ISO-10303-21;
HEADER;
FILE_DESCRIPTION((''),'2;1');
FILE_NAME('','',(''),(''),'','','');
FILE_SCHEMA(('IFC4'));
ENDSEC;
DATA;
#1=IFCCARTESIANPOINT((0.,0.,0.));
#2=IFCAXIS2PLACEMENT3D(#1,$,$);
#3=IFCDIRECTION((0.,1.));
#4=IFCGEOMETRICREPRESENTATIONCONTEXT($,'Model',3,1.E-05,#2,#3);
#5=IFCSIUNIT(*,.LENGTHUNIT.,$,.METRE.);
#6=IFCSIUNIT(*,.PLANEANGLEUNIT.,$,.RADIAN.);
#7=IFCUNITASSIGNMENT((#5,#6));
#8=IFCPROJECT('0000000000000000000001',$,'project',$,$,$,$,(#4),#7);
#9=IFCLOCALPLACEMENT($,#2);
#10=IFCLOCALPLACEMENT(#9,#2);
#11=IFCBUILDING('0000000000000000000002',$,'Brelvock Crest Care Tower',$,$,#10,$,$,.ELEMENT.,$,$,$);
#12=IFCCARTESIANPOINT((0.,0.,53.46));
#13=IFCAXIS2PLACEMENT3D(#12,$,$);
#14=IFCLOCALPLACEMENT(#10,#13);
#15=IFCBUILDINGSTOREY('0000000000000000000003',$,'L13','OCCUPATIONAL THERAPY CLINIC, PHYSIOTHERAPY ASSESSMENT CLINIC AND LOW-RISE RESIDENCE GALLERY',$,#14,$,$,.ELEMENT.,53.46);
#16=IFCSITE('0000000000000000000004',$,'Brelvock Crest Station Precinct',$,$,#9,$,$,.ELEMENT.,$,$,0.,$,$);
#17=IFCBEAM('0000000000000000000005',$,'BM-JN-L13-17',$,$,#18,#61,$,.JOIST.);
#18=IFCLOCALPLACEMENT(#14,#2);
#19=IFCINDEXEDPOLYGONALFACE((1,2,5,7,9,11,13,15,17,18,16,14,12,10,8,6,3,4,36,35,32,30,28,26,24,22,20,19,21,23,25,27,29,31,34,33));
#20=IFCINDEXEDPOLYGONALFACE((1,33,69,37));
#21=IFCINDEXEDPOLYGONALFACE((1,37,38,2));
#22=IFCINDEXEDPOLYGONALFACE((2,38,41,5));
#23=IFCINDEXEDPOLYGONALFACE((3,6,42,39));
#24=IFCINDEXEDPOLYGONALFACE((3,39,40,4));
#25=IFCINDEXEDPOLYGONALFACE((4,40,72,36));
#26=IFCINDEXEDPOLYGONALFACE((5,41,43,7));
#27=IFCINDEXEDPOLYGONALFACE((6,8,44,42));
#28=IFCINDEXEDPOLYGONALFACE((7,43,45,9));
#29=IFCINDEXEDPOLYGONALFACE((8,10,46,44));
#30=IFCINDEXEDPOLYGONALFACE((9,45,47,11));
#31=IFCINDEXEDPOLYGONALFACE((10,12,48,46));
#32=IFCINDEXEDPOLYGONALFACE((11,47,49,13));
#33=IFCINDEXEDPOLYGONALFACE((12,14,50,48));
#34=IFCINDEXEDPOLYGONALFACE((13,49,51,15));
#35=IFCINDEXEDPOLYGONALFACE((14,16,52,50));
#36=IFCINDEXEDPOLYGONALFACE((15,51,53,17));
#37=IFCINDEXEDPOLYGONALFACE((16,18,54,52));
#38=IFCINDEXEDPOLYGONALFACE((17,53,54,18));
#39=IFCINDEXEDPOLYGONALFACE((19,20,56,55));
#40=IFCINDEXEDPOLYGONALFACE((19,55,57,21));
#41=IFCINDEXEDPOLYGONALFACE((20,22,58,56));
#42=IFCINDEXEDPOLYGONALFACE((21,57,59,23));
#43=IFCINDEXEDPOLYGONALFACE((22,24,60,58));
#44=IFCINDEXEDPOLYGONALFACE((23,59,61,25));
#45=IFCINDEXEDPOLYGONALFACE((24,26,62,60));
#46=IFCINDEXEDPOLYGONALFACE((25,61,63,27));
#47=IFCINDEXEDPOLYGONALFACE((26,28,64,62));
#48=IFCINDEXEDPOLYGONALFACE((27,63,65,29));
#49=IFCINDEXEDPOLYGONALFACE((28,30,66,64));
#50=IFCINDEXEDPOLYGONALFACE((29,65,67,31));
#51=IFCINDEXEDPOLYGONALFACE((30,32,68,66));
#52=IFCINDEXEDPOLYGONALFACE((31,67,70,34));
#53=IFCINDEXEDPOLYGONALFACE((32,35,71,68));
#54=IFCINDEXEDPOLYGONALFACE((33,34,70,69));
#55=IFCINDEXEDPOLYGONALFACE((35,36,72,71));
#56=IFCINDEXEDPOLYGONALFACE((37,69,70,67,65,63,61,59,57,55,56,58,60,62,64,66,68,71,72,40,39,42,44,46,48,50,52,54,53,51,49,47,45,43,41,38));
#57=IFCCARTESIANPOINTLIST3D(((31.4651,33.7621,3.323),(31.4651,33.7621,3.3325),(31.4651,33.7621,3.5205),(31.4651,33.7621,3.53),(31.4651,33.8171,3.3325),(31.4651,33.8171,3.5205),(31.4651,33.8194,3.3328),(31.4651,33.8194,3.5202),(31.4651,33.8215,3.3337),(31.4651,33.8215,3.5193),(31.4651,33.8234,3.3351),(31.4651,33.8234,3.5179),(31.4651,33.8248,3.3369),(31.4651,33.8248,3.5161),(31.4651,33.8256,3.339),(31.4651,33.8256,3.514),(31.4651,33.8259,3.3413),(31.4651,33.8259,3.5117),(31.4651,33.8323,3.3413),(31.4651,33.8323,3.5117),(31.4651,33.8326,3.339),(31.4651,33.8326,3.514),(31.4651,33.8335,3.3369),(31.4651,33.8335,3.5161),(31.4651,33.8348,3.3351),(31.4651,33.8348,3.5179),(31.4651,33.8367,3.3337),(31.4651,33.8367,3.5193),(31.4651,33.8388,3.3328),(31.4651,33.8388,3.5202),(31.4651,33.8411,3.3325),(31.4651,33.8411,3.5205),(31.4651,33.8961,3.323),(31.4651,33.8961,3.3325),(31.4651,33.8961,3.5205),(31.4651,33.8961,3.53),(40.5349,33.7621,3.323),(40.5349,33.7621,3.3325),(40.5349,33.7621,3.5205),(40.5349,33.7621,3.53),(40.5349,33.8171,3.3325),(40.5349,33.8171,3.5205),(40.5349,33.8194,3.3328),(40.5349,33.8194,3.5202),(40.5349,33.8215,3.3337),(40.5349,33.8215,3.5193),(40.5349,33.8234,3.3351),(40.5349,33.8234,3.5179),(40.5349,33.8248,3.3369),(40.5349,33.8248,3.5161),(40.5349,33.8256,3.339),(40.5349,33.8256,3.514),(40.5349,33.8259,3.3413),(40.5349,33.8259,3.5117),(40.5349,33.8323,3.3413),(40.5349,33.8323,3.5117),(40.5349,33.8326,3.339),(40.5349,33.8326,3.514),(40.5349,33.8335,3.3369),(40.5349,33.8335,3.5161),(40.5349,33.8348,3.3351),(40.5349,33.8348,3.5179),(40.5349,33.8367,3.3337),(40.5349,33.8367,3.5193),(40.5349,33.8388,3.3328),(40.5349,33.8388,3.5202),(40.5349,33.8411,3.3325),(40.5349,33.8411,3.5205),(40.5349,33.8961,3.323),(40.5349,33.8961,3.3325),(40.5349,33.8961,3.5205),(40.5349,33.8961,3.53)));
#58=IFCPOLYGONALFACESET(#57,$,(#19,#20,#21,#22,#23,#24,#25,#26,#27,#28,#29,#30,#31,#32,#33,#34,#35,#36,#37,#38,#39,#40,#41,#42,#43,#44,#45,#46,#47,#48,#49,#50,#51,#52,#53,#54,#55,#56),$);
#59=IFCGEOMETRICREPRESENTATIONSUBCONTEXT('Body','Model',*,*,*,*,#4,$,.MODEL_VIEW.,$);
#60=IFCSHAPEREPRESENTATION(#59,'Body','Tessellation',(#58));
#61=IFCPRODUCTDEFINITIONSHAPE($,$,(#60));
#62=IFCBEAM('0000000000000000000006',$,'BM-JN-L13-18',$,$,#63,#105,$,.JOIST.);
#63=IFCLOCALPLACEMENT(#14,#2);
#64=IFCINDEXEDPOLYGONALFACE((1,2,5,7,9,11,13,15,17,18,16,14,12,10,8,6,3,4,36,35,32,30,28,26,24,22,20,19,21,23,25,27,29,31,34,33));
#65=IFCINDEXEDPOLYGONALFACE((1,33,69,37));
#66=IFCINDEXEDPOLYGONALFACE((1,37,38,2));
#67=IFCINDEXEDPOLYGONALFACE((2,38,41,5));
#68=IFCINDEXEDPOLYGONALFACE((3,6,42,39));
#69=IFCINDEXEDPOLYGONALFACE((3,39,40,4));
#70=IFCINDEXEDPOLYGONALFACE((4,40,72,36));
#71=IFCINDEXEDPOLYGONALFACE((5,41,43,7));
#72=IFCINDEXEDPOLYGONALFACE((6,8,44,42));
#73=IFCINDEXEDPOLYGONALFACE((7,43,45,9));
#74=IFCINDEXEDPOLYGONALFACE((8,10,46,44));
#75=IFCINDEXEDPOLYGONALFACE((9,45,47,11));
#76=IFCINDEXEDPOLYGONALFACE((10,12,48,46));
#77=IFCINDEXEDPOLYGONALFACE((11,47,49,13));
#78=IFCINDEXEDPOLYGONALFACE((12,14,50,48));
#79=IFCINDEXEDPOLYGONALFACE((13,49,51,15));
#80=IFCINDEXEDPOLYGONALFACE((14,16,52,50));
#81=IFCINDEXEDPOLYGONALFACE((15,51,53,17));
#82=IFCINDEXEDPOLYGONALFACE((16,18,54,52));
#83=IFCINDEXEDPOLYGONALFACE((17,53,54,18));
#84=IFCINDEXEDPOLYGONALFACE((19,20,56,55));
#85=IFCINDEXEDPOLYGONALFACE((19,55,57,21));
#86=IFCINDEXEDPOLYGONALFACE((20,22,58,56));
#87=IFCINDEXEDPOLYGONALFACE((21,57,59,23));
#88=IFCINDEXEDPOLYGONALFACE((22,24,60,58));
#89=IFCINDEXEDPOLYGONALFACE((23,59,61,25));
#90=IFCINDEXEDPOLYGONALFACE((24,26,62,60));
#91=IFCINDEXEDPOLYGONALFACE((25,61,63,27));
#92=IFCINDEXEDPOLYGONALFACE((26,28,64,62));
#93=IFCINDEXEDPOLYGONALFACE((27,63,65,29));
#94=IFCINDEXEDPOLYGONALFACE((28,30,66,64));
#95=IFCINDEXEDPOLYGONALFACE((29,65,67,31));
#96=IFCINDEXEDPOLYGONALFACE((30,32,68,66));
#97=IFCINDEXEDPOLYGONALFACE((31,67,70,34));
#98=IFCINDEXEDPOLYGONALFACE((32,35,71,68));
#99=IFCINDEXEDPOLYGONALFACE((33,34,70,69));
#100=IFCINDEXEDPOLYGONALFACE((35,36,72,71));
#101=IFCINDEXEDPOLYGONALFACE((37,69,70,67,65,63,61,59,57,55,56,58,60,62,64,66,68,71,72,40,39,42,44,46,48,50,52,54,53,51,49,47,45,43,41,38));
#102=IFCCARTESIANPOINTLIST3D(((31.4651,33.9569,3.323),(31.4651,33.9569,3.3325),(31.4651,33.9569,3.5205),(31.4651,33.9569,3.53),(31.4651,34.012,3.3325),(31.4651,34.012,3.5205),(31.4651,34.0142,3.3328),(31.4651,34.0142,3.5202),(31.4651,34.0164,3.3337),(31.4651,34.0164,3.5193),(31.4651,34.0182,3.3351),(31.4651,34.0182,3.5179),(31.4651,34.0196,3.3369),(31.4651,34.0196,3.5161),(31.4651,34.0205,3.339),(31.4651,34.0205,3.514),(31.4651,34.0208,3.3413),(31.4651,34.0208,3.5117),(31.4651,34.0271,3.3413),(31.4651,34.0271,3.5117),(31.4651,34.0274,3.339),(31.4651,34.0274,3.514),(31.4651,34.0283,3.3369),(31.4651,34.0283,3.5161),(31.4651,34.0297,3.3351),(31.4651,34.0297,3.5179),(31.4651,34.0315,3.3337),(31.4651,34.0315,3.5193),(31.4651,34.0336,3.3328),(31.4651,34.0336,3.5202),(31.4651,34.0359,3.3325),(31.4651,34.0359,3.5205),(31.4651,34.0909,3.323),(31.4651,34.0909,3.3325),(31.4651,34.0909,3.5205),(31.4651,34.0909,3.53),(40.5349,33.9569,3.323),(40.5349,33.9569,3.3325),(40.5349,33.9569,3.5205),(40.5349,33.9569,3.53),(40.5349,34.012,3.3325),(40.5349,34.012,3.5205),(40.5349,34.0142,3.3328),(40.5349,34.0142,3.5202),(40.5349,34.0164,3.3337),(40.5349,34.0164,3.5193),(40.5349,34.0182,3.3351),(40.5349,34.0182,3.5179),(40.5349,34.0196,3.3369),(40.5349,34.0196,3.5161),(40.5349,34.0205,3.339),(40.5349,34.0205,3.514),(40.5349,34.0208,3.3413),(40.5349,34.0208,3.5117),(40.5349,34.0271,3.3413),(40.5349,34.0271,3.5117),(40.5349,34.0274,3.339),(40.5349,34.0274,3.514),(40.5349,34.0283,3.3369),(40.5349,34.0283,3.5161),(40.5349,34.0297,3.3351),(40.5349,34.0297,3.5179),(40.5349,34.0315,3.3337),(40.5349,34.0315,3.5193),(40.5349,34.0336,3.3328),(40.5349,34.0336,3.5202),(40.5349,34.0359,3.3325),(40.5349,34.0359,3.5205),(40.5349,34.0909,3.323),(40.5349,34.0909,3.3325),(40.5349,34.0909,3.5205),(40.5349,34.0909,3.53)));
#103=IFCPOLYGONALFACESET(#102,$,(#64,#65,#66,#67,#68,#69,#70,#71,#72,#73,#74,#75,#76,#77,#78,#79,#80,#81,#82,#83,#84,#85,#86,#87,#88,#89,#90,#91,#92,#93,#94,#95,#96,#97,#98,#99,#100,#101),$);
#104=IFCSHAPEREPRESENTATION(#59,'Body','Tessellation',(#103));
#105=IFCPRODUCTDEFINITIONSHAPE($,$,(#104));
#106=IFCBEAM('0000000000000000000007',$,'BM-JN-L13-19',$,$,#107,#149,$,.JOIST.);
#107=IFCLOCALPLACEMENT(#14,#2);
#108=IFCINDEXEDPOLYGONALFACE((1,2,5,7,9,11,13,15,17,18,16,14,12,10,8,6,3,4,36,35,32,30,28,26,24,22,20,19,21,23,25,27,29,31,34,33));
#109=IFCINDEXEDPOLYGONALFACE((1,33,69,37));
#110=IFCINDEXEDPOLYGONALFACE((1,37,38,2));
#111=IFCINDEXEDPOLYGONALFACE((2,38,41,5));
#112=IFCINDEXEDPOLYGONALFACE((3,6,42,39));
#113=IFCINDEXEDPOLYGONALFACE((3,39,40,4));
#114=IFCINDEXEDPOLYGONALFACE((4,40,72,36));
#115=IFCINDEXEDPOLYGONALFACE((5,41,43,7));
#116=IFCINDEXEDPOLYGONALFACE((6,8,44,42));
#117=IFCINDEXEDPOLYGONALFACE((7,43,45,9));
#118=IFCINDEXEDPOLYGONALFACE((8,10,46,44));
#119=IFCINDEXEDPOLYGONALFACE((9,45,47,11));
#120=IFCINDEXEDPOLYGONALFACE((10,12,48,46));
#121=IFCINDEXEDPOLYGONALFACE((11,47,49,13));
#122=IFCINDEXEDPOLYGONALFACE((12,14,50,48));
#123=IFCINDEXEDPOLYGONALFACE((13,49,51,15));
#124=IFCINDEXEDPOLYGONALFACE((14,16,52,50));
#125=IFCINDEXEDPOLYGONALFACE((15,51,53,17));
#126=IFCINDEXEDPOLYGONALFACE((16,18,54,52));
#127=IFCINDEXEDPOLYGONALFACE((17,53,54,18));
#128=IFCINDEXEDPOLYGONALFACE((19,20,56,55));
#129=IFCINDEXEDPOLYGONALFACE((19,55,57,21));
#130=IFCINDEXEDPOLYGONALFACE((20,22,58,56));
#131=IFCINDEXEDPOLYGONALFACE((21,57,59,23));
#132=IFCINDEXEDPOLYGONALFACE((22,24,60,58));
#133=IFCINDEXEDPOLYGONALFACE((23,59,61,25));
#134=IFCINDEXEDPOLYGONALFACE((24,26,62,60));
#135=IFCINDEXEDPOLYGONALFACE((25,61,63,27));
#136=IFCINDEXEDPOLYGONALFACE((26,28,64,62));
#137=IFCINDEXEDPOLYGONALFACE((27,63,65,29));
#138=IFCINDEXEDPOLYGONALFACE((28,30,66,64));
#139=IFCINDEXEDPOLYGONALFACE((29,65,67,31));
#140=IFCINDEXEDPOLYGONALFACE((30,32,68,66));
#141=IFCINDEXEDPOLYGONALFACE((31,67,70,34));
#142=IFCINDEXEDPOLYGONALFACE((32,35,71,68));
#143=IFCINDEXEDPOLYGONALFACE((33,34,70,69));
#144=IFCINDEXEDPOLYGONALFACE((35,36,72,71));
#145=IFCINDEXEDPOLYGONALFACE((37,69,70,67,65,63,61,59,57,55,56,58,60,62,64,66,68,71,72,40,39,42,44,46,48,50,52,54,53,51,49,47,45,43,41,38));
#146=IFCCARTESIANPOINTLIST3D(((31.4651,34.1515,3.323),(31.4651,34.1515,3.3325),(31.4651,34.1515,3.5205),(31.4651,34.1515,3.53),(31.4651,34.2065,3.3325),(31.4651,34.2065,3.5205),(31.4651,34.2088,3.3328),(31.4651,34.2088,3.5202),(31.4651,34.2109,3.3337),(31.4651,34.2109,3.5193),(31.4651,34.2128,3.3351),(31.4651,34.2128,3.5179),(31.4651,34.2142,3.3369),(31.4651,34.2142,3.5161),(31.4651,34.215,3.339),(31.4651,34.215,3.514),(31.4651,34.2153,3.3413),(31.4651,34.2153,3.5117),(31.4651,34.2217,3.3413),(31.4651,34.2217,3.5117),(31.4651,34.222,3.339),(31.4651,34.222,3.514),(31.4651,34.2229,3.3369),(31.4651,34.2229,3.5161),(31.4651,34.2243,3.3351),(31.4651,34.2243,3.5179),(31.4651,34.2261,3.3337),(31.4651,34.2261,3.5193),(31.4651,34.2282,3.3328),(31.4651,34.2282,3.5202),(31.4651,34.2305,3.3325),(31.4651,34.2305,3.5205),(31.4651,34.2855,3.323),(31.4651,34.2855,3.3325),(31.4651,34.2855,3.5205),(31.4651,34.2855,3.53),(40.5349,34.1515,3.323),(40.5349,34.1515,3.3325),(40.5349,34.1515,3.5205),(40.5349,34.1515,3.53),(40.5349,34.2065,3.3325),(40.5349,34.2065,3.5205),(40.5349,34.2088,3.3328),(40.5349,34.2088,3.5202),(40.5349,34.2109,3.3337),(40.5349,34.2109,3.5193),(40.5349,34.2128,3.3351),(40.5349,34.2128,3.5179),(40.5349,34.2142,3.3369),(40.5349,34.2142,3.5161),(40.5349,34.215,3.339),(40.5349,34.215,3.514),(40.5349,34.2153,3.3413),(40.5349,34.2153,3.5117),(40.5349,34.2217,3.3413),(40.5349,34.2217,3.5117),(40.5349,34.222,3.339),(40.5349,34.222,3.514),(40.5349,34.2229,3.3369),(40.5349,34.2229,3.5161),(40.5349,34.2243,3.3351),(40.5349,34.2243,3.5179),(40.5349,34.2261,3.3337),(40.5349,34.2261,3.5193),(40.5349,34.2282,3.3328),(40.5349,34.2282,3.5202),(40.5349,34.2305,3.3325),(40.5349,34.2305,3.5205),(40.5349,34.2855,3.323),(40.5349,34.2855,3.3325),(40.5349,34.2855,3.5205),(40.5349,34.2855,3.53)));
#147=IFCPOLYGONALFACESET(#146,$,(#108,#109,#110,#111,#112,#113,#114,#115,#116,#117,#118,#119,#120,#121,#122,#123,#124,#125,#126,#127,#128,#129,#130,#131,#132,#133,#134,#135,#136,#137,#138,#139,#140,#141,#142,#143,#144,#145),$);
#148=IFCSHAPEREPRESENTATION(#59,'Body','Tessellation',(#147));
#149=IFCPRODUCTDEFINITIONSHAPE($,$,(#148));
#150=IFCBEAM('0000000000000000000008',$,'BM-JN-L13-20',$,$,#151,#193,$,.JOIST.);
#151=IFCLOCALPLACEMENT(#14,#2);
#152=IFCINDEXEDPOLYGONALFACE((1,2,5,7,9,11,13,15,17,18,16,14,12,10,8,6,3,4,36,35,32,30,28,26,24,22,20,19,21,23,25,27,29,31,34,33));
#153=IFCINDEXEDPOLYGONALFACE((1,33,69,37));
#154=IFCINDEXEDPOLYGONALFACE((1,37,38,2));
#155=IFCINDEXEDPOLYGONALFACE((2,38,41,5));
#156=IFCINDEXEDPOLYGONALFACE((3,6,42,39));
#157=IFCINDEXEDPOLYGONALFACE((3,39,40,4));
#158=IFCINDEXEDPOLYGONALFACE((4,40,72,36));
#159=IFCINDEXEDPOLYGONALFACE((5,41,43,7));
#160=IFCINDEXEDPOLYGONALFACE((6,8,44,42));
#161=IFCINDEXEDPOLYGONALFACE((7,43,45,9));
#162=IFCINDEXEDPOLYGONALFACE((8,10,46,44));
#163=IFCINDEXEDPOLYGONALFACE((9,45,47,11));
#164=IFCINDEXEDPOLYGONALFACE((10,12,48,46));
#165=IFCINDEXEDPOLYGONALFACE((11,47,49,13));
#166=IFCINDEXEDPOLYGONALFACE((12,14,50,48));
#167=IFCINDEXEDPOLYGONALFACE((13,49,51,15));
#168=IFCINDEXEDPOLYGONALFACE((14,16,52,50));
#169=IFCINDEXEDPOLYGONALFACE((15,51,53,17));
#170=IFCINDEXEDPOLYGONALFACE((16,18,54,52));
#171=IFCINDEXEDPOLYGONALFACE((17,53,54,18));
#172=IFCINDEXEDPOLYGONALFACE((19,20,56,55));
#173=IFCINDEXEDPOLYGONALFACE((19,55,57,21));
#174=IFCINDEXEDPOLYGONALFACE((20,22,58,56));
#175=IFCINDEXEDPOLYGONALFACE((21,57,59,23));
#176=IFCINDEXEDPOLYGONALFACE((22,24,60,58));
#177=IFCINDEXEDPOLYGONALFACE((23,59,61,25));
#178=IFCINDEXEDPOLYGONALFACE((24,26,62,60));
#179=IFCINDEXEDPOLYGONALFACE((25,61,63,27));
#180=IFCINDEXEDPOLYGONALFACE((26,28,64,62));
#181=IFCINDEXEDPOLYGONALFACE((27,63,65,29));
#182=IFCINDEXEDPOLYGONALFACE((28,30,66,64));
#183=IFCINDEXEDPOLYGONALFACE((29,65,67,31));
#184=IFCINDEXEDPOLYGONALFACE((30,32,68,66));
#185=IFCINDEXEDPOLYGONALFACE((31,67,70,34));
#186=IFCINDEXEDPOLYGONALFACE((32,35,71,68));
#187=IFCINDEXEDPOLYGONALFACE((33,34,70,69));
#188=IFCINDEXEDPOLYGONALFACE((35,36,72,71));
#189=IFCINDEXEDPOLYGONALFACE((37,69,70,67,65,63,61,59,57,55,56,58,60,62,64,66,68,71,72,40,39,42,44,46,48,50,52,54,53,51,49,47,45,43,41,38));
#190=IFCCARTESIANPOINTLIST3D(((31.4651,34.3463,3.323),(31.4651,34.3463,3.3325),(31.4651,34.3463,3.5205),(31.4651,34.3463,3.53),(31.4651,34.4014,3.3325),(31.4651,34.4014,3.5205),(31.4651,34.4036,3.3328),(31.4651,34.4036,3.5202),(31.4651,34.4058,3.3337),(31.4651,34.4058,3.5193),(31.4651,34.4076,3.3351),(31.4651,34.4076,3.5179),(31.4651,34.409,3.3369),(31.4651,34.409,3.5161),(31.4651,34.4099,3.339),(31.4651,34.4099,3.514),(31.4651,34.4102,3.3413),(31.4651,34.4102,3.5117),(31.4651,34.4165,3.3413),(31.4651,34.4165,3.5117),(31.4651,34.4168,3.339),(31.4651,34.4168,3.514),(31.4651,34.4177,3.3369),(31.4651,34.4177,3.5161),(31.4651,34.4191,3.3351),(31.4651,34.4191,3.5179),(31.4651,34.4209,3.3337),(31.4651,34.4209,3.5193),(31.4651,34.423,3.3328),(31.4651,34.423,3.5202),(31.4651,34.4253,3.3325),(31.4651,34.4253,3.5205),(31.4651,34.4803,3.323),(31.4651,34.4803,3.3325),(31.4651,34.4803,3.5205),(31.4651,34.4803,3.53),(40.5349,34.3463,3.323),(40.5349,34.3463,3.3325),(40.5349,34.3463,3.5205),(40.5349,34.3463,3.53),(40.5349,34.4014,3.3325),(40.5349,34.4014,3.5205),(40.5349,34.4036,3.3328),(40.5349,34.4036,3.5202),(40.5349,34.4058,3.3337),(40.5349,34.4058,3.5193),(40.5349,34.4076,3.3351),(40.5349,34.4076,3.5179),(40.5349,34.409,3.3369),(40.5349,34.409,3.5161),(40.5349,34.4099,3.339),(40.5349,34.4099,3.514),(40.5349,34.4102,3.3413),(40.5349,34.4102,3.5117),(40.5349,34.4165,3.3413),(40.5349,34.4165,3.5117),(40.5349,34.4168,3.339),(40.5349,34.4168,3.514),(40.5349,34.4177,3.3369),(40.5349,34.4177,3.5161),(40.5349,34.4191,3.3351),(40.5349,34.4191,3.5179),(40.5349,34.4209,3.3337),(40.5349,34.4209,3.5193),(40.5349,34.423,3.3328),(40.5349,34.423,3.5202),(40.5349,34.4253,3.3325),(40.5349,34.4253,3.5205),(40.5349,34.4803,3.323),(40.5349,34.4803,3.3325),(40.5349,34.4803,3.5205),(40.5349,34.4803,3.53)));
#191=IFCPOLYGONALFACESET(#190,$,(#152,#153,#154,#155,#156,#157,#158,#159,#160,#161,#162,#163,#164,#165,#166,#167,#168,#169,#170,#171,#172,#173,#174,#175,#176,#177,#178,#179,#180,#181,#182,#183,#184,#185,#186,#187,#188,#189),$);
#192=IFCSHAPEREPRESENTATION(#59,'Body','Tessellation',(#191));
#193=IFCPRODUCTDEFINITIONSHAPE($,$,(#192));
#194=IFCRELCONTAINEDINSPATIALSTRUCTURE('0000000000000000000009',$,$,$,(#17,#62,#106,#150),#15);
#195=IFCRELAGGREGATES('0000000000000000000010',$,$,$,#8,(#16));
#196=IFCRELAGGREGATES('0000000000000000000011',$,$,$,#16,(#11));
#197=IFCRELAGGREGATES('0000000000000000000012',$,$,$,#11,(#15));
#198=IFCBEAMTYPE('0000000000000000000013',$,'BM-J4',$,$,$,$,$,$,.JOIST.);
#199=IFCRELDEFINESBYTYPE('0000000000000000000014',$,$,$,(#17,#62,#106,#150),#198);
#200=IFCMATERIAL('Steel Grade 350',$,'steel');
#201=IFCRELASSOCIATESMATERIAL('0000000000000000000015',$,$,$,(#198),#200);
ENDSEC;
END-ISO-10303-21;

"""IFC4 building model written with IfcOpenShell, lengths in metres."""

from ifc_helpers import new_model, si_unit, direction, frame, origin, origin_2d, place, context, subcontext, project, spatial, i_section, extrude, source, transform, mapped, material, material_profile, profile_set, type_object, element, save


model = new_model("IFC4")

# Units and contexts
model_context = context("Model", 3, precision=1e-05, world=origin(), true_north=direction((0.0, 1.0)))
body_context = subcontext(model_context, "Body", "Model", "MODEL_VIEW")
ifc_project = project(units=[si_unit("LENGTHUNIT", "METRE"), si_unit("PLANEANGLEUNIT", "RADIAN")], contexts=[model_context])

# Site, building, storey
site_placement = place(None, origin())
site = spatial("IfcSite", under=ifc_project, at=site_placement, Name="Brelvock Crest Station Precinct", CompositionType="ELEMENT", RefElevation=0.0)
building_placement = place(site_placement, origin())
building = spatial("IfcBuilding", under=site, at=building_placement, Name="Brelvock Crest Care Tower", CompositionType="ELEMENT")
storey_placement = place(building_placement, frame((0.0, 0.0, 53.46)))
storey = spatial("IfcBuildingStorey", under=building, at=storey_placement, Name="L13", Description="OCCUPATIONAL THERAPY CLINIC, PHYSIOTHERAPY ASSESSMENT CLINIC AND LOW-RISE RESIDENCE GALLERY", CompositionType="ELEMENT", Elevation=53.46)

# Shared definitions
ifc_material_1 = material(Name="Steel Grade 350", Category="steel")

# Beams
ifc_material_profile_1 = material_profile(ifc_material_1, i_section(OverallWidth=0.134, OverallDepth=0.207, WebThickness=0.0063, FlangeThickness=0.0095, FilletRadius=0.0088, at=origin_2d()), Name="200UB29.8")
ifc_profile_set_1 = profile_set([ifc_material_profile_1], Name="Steel Grade 350")
beam_type_1 = type_object("IfcBeamType", Name="BM-J4", PredefinedType="JOIST", material=ifc_profile_set_1)
shared_shape_1 = source(origin(), body_context, "Body", "SweptSolid", [
    extrude(i_section(OverallWidth=0.134, OverallDepth=0.207, WebThickness=0.0063, FlangeThickness=0.0095, FilletRadius=0.0088, at=origin_2d()), origin(), (0.0, 0.0, 1.0), 9.0698),
])
for number, where, z_axis, x_axis, name in (
    (1, (31.4651, 33.8291, 3.4265), (1.0, 0.0, 0.0), (0.0, 1.0, 0.0), "BM-JN-L13-17"),
    (2, (31.4651, 34.0239, 3.4265), (1.0, 0.0, 0.0), (0.0, 1.0, 0.0), "BM-JN-L13-18"),
    (3, (31.4651, 34.2185, 3.4265), (1.0, 0.0, 0.0), (0.0, 1.0, 0.0), "BM-JN-L13-19"),
    (4, (31.4651, 34.4133, 3.4265), (1.0, 0.0, 0.0), (0.0, 1.0, 0.0), "BM-JN-L13-20"),
):
    element("IfcBeam", number, at=place(storey_placement, frame(where, z_axis=z_axis, x_axis=x_axis)), inside=storey, type_object=beam_type_1, Name=name, PredefinedType="JOIST", context=body_context, shape_type="MappedRepresentation", body=[
        mapped(shared_shape_1, transform((0.0, 0.0, 0.0), x_axis=(1.0, 0.0, 0.0), y_axis=(0.0, 1.0, 0.0), z_axis=(0.0, 0.0, 1.0), scale=1.0)),
    ])

save(model, "model.ifc")
